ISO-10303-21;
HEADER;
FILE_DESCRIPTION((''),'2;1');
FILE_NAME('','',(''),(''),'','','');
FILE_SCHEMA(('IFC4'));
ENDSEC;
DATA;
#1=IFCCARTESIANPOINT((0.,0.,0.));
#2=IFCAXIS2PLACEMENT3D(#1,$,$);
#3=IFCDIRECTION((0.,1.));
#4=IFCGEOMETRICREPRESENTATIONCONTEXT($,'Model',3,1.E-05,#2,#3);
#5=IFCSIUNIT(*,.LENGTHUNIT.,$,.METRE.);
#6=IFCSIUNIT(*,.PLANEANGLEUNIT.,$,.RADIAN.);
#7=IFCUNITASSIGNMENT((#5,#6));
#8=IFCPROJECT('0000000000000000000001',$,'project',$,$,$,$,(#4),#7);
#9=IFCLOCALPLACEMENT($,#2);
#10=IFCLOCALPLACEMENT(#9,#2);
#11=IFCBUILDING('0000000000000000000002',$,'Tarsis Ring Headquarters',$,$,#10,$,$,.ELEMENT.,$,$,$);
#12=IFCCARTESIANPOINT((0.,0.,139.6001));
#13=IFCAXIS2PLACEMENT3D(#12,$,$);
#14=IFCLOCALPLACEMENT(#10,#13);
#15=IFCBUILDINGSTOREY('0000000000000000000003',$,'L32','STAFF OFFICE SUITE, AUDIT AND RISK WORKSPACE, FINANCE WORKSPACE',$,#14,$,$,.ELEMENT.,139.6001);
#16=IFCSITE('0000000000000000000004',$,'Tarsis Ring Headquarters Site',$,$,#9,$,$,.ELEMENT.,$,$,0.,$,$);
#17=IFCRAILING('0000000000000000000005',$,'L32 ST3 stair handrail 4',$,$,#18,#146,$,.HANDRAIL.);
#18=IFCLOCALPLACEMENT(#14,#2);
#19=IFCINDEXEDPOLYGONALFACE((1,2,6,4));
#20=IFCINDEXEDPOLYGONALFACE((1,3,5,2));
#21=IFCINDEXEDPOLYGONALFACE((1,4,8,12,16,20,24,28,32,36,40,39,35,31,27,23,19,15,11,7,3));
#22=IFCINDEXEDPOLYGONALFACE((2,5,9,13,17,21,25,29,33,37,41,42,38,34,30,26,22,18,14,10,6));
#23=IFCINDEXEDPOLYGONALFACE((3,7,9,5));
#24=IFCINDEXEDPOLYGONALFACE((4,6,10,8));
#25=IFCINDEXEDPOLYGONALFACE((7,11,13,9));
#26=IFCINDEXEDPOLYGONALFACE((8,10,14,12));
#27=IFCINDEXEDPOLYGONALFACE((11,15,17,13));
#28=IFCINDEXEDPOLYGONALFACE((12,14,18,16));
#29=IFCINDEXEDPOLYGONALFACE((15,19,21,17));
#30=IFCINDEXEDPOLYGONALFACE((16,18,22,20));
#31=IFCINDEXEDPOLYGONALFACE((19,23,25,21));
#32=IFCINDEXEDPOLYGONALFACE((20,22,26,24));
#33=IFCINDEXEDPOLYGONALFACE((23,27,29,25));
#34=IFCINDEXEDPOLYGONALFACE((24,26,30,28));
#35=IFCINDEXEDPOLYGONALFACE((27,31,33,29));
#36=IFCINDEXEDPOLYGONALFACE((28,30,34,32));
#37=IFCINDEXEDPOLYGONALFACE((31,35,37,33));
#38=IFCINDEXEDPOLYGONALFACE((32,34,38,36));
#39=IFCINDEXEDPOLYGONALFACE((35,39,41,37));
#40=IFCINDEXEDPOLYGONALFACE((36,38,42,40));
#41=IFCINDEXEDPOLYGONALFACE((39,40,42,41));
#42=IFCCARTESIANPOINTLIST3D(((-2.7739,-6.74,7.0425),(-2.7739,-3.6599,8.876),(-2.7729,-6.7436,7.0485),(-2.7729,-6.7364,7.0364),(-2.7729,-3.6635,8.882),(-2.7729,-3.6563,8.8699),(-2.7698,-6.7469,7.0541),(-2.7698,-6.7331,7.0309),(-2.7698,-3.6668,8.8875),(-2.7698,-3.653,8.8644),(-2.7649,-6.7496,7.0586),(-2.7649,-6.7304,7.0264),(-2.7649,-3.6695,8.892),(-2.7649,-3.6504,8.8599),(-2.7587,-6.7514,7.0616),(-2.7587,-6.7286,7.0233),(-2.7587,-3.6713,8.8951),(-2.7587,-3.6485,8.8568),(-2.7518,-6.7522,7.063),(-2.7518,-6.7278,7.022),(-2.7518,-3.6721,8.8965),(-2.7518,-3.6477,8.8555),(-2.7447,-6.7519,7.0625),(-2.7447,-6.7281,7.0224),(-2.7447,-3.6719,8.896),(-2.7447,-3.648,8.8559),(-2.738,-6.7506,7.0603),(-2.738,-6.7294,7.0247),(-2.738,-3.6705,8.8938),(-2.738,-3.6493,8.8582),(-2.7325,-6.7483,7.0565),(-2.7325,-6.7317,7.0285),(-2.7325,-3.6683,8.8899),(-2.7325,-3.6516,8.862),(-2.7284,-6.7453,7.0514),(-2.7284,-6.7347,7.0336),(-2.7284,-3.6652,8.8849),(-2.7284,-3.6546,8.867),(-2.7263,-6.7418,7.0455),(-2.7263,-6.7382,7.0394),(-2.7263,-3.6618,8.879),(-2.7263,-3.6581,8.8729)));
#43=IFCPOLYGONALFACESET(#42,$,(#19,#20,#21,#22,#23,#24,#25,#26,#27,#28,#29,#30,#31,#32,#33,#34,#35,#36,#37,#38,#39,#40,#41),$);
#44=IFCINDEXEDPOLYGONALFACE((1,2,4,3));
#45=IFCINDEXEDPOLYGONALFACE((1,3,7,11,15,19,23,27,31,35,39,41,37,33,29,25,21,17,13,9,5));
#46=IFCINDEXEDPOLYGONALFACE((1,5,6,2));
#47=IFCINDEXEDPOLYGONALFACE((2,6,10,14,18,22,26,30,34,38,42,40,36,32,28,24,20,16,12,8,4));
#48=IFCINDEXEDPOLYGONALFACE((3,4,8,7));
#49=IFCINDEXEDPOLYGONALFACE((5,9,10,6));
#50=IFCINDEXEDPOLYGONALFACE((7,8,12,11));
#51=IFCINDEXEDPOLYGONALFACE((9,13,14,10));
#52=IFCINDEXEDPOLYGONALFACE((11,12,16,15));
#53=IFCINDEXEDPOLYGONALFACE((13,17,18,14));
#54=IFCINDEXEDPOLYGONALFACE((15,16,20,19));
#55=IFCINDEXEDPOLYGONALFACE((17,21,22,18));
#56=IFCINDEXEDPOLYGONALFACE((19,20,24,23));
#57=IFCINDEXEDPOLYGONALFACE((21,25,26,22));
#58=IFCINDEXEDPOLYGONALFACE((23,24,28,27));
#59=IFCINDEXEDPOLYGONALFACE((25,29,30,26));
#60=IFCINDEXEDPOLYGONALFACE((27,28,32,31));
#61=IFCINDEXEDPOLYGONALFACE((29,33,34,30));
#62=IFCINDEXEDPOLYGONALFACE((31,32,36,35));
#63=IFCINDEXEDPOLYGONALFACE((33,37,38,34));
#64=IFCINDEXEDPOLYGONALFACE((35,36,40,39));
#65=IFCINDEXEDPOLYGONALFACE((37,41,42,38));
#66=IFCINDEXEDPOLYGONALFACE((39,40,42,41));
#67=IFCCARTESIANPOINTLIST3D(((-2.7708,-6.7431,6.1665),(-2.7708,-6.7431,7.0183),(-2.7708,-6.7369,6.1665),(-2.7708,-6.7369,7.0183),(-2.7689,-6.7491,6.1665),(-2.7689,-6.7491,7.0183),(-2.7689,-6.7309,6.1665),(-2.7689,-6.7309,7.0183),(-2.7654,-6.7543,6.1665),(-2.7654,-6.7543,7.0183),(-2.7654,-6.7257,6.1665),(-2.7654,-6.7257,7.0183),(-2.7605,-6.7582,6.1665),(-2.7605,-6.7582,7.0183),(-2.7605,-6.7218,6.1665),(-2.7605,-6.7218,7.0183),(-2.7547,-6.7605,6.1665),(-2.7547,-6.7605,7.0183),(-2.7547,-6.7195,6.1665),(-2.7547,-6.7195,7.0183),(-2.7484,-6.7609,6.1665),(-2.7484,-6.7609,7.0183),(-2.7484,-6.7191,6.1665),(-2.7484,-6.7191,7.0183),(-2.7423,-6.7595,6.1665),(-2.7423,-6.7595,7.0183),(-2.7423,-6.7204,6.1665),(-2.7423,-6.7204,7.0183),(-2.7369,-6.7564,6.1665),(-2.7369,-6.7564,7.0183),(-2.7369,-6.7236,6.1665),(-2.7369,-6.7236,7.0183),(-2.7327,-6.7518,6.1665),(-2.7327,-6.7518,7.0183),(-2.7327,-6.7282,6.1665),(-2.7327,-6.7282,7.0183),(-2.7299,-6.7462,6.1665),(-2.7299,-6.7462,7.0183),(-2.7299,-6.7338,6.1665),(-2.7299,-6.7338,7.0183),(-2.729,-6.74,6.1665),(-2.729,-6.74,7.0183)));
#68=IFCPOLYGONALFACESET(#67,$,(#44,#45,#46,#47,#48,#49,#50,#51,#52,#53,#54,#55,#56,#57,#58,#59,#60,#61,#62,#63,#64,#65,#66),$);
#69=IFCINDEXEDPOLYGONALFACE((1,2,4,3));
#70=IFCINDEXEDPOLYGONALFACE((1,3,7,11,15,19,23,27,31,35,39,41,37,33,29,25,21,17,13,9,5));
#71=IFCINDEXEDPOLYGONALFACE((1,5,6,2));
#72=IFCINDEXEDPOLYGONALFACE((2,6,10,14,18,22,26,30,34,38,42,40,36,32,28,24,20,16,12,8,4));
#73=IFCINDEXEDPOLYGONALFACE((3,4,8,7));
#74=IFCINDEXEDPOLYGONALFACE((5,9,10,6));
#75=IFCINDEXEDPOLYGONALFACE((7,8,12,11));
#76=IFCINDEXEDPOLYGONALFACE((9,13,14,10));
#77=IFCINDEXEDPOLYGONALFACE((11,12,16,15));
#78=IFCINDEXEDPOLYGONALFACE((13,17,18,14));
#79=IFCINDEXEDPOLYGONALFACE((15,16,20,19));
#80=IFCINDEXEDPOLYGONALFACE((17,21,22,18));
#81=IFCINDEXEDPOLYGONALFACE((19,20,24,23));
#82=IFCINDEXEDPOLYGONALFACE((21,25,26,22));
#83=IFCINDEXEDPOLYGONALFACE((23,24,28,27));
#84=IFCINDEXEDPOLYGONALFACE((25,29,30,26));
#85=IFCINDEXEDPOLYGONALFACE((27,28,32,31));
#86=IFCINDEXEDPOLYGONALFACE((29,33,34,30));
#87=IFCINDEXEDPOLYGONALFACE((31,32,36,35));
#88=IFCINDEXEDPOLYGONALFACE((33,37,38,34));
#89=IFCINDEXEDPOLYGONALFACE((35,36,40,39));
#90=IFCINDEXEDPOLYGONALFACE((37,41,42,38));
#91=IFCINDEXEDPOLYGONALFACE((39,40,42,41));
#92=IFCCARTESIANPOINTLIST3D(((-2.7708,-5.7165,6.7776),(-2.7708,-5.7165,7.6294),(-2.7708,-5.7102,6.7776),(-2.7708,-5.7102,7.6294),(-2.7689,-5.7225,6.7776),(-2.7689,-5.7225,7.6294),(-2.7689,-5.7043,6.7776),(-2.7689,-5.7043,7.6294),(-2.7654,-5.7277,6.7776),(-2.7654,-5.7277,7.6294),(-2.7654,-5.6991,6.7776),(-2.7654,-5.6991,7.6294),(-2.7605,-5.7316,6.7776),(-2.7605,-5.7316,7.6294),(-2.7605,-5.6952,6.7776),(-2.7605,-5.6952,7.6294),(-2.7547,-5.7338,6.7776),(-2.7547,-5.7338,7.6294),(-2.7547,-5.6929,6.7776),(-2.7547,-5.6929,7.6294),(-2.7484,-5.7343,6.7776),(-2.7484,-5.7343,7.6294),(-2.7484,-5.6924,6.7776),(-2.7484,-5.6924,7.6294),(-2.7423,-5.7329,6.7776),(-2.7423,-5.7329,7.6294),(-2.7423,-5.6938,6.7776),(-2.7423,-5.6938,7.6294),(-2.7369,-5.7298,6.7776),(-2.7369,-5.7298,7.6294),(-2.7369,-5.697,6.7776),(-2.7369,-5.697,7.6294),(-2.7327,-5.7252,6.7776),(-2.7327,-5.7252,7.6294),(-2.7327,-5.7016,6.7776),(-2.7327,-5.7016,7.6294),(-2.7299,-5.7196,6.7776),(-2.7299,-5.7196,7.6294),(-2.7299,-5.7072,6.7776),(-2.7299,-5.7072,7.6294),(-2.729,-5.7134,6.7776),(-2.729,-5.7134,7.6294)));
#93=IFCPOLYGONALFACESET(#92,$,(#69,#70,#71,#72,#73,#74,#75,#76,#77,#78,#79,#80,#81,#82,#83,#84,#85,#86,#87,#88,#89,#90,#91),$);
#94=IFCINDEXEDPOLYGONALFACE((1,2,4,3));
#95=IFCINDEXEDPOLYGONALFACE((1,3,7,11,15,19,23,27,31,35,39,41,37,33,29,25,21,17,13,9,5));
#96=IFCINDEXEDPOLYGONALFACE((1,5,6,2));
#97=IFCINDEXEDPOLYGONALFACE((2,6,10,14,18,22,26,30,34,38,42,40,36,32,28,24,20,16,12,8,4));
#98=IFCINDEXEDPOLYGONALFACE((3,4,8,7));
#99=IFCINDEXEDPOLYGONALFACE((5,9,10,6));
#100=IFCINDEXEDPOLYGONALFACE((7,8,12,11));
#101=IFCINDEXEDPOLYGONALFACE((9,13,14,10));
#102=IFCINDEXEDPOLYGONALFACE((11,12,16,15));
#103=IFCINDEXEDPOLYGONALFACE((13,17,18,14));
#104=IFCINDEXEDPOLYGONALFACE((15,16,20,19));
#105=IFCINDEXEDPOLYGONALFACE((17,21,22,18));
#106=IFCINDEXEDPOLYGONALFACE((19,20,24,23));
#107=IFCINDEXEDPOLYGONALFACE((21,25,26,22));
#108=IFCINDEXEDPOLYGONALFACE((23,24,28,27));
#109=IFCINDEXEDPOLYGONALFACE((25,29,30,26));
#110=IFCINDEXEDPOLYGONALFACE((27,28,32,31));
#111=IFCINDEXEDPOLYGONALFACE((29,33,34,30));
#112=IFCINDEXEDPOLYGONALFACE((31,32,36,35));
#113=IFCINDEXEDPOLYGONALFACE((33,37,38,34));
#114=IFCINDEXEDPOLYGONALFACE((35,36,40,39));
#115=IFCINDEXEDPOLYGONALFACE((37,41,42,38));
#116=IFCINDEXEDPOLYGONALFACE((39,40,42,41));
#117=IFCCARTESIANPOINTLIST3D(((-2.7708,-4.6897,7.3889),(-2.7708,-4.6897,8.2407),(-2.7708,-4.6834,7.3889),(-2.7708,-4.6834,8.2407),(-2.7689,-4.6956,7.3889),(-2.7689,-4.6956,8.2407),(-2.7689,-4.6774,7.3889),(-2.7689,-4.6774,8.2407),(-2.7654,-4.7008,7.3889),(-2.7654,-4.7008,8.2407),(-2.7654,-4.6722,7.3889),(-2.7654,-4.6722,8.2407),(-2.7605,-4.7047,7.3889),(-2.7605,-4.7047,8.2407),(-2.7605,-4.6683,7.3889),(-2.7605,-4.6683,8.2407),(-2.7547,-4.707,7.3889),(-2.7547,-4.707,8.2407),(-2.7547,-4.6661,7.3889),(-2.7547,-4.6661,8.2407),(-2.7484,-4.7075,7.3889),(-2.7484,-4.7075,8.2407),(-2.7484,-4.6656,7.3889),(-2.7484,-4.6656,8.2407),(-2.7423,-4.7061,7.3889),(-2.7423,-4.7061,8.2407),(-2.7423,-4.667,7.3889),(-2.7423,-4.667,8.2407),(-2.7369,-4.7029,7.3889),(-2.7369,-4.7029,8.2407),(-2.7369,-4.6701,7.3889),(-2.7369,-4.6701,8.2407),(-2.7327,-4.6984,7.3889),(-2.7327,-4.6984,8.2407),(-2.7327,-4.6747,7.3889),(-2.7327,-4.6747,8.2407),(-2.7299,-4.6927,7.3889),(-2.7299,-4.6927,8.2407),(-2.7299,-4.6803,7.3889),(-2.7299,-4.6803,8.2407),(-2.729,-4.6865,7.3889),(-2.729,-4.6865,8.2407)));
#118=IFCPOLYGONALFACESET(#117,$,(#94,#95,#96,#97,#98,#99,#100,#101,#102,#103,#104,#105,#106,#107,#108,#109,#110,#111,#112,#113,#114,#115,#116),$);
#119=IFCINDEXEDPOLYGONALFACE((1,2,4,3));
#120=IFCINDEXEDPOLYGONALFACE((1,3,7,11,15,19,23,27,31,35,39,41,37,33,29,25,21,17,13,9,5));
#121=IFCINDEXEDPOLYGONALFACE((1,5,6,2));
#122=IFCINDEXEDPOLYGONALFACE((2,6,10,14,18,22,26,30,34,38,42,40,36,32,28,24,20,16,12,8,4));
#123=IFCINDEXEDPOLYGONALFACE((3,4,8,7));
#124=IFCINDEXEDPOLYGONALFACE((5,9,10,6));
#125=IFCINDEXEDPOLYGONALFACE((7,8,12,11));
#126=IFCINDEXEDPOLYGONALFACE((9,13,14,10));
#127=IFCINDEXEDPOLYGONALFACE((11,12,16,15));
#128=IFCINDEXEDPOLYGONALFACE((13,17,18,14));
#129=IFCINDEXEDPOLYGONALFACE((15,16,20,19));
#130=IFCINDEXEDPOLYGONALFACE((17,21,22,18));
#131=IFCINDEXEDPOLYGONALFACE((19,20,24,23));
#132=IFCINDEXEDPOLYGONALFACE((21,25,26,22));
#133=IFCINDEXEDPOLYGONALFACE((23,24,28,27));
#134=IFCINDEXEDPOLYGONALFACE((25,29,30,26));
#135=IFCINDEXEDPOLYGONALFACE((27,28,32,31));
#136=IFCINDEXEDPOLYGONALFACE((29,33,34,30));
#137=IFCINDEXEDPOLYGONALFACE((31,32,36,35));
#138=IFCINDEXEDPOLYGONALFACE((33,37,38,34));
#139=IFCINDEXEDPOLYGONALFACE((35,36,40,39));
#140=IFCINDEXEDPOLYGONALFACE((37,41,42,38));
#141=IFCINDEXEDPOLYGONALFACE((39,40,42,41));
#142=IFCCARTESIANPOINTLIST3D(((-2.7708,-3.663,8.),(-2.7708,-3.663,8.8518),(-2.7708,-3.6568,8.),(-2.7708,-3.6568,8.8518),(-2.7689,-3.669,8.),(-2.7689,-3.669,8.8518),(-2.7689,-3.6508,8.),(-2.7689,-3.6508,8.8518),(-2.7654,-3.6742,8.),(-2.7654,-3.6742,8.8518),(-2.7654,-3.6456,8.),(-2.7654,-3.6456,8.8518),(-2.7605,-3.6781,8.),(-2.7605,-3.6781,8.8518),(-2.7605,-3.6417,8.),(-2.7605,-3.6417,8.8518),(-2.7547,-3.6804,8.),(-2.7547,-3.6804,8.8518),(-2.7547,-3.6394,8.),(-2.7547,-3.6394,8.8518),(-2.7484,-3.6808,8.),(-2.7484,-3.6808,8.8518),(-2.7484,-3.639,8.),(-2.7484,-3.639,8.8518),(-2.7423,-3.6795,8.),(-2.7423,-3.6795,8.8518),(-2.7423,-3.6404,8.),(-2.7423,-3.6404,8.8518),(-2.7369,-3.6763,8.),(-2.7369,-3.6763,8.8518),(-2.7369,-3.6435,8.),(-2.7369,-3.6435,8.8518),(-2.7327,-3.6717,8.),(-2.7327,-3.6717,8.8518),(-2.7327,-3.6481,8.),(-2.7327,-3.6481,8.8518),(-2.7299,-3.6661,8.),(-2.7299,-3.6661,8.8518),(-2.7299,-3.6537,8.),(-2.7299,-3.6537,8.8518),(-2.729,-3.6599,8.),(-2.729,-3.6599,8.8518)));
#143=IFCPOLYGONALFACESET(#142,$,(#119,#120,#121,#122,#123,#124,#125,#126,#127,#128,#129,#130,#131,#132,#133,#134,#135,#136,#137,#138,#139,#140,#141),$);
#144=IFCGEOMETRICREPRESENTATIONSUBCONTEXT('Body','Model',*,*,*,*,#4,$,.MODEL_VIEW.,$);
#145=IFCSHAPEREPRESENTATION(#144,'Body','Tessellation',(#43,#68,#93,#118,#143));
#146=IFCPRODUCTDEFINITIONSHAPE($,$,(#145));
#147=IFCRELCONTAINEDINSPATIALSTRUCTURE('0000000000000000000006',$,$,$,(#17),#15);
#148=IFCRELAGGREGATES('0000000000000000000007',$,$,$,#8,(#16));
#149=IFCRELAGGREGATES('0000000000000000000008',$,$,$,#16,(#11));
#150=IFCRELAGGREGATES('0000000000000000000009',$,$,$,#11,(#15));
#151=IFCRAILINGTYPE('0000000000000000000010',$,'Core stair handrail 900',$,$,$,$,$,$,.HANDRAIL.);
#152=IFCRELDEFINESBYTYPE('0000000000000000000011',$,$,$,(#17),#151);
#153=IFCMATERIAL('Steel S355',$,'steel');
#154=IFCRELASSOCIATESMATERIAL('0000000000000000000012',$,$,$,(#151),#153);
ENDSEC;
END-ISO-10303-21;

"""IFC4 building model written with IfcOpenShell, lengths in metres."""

from ifc_helpers import new_model, si_unit, direction, frame, origin, origin_2d, place, context, subcontext, project, spatial, circle, extrude, material, type_object, element, save


model = new_model("IFC4")

# Units and contexts
model_context = context("Model", 3, precision=1e-05, world=origin(), true_north=direction((0.0, 1.0)))
body_context = subcontext(model_context, "Body", "Model", "MODEL_VIEW")
ifc_project = project(units=[si_unit("LENGTHUNIT", "METRE"), si_unit("PLANEANGLEUNIT", "RADIAN")], contexts=[model_context])

# Site, building, storey
site_placement = place(None, origin())
site = spatial("IfcSite", under=ifc_project, at=site_placement, Name="Tarsis Ring Headquarters Site", CompositionType="ELEMENT", RefElevation=0.0)
building_placement = place(site_placement, origin())
building = spatial("IfcBuilding", under=site, at=building_placement, Name="Tarsis Ring Headquarters", CompositionType="ELEMENT")
storey_placement = place(building_placement, frame((0.0, 0.0, 139.6001)))
storey = spatial("IfcBuildingStorey", under=building, at=storey_placement, Name="L32", Description="STAFF OFFICE SUITE, AUDIT AND RISK WORKSPACE, FINANCE WORKSPACE", CompositionType="ELEMENT", Elevation=139.6001)

# Railing
ifc_material_1 = material(Name="Steel S355", Category="steel")
railing_type_1 = type_object("IfcRailingType", Name="Core stair handrail 900", PredefinedType="HANDRAIL", material=ifc_material_1)
for number, where, name in (
    (1, (-2.75, -6.74, 6.1665), "L32 ST3 stair handrail 4"),
):
    element("IfcRailing", number, at=place(storey_placement, frame(where)), inside=storey, type_object=railing_type_1, Name=name, PredefinedType="HANDRAIL", context=body_context, shape_type="SweptSolid", body=[
        extrude(circle(Radius=0.0239, at=origin_2d()), frame((0.0, 0.0, 0.876), z_axis=(0.0, 0.859279, 0.511508), x_axis=(-1.0, 0.0, 0.0)), (0.0, 0.0, 1.0), 3.5845),
        extrude(circle(Radius=0.021, at=origin_2d()), origin(), (0.0, 0.0, 1.0), 0.8518),
        extrude(circle(Radius=0.021, at=origin_2d()), frame((0.0, 1.0266, 0.6111)), (0.0, 0.0, 1.0), 0.8518),
        extrude(circle(Radius=0.021, at=origin_2d()), frame((0.0, 2.0535, 1.2224)), (0.0, 0.0, 1.0), 0.8518),
        extrude(circle(Radius=0.021, at=origin_2d()), frame((0.0, 3.0801, 1.8335)), (0.0, 0.0, 1.0), 0.8518),
    ])

save(model, "model.ifc")
